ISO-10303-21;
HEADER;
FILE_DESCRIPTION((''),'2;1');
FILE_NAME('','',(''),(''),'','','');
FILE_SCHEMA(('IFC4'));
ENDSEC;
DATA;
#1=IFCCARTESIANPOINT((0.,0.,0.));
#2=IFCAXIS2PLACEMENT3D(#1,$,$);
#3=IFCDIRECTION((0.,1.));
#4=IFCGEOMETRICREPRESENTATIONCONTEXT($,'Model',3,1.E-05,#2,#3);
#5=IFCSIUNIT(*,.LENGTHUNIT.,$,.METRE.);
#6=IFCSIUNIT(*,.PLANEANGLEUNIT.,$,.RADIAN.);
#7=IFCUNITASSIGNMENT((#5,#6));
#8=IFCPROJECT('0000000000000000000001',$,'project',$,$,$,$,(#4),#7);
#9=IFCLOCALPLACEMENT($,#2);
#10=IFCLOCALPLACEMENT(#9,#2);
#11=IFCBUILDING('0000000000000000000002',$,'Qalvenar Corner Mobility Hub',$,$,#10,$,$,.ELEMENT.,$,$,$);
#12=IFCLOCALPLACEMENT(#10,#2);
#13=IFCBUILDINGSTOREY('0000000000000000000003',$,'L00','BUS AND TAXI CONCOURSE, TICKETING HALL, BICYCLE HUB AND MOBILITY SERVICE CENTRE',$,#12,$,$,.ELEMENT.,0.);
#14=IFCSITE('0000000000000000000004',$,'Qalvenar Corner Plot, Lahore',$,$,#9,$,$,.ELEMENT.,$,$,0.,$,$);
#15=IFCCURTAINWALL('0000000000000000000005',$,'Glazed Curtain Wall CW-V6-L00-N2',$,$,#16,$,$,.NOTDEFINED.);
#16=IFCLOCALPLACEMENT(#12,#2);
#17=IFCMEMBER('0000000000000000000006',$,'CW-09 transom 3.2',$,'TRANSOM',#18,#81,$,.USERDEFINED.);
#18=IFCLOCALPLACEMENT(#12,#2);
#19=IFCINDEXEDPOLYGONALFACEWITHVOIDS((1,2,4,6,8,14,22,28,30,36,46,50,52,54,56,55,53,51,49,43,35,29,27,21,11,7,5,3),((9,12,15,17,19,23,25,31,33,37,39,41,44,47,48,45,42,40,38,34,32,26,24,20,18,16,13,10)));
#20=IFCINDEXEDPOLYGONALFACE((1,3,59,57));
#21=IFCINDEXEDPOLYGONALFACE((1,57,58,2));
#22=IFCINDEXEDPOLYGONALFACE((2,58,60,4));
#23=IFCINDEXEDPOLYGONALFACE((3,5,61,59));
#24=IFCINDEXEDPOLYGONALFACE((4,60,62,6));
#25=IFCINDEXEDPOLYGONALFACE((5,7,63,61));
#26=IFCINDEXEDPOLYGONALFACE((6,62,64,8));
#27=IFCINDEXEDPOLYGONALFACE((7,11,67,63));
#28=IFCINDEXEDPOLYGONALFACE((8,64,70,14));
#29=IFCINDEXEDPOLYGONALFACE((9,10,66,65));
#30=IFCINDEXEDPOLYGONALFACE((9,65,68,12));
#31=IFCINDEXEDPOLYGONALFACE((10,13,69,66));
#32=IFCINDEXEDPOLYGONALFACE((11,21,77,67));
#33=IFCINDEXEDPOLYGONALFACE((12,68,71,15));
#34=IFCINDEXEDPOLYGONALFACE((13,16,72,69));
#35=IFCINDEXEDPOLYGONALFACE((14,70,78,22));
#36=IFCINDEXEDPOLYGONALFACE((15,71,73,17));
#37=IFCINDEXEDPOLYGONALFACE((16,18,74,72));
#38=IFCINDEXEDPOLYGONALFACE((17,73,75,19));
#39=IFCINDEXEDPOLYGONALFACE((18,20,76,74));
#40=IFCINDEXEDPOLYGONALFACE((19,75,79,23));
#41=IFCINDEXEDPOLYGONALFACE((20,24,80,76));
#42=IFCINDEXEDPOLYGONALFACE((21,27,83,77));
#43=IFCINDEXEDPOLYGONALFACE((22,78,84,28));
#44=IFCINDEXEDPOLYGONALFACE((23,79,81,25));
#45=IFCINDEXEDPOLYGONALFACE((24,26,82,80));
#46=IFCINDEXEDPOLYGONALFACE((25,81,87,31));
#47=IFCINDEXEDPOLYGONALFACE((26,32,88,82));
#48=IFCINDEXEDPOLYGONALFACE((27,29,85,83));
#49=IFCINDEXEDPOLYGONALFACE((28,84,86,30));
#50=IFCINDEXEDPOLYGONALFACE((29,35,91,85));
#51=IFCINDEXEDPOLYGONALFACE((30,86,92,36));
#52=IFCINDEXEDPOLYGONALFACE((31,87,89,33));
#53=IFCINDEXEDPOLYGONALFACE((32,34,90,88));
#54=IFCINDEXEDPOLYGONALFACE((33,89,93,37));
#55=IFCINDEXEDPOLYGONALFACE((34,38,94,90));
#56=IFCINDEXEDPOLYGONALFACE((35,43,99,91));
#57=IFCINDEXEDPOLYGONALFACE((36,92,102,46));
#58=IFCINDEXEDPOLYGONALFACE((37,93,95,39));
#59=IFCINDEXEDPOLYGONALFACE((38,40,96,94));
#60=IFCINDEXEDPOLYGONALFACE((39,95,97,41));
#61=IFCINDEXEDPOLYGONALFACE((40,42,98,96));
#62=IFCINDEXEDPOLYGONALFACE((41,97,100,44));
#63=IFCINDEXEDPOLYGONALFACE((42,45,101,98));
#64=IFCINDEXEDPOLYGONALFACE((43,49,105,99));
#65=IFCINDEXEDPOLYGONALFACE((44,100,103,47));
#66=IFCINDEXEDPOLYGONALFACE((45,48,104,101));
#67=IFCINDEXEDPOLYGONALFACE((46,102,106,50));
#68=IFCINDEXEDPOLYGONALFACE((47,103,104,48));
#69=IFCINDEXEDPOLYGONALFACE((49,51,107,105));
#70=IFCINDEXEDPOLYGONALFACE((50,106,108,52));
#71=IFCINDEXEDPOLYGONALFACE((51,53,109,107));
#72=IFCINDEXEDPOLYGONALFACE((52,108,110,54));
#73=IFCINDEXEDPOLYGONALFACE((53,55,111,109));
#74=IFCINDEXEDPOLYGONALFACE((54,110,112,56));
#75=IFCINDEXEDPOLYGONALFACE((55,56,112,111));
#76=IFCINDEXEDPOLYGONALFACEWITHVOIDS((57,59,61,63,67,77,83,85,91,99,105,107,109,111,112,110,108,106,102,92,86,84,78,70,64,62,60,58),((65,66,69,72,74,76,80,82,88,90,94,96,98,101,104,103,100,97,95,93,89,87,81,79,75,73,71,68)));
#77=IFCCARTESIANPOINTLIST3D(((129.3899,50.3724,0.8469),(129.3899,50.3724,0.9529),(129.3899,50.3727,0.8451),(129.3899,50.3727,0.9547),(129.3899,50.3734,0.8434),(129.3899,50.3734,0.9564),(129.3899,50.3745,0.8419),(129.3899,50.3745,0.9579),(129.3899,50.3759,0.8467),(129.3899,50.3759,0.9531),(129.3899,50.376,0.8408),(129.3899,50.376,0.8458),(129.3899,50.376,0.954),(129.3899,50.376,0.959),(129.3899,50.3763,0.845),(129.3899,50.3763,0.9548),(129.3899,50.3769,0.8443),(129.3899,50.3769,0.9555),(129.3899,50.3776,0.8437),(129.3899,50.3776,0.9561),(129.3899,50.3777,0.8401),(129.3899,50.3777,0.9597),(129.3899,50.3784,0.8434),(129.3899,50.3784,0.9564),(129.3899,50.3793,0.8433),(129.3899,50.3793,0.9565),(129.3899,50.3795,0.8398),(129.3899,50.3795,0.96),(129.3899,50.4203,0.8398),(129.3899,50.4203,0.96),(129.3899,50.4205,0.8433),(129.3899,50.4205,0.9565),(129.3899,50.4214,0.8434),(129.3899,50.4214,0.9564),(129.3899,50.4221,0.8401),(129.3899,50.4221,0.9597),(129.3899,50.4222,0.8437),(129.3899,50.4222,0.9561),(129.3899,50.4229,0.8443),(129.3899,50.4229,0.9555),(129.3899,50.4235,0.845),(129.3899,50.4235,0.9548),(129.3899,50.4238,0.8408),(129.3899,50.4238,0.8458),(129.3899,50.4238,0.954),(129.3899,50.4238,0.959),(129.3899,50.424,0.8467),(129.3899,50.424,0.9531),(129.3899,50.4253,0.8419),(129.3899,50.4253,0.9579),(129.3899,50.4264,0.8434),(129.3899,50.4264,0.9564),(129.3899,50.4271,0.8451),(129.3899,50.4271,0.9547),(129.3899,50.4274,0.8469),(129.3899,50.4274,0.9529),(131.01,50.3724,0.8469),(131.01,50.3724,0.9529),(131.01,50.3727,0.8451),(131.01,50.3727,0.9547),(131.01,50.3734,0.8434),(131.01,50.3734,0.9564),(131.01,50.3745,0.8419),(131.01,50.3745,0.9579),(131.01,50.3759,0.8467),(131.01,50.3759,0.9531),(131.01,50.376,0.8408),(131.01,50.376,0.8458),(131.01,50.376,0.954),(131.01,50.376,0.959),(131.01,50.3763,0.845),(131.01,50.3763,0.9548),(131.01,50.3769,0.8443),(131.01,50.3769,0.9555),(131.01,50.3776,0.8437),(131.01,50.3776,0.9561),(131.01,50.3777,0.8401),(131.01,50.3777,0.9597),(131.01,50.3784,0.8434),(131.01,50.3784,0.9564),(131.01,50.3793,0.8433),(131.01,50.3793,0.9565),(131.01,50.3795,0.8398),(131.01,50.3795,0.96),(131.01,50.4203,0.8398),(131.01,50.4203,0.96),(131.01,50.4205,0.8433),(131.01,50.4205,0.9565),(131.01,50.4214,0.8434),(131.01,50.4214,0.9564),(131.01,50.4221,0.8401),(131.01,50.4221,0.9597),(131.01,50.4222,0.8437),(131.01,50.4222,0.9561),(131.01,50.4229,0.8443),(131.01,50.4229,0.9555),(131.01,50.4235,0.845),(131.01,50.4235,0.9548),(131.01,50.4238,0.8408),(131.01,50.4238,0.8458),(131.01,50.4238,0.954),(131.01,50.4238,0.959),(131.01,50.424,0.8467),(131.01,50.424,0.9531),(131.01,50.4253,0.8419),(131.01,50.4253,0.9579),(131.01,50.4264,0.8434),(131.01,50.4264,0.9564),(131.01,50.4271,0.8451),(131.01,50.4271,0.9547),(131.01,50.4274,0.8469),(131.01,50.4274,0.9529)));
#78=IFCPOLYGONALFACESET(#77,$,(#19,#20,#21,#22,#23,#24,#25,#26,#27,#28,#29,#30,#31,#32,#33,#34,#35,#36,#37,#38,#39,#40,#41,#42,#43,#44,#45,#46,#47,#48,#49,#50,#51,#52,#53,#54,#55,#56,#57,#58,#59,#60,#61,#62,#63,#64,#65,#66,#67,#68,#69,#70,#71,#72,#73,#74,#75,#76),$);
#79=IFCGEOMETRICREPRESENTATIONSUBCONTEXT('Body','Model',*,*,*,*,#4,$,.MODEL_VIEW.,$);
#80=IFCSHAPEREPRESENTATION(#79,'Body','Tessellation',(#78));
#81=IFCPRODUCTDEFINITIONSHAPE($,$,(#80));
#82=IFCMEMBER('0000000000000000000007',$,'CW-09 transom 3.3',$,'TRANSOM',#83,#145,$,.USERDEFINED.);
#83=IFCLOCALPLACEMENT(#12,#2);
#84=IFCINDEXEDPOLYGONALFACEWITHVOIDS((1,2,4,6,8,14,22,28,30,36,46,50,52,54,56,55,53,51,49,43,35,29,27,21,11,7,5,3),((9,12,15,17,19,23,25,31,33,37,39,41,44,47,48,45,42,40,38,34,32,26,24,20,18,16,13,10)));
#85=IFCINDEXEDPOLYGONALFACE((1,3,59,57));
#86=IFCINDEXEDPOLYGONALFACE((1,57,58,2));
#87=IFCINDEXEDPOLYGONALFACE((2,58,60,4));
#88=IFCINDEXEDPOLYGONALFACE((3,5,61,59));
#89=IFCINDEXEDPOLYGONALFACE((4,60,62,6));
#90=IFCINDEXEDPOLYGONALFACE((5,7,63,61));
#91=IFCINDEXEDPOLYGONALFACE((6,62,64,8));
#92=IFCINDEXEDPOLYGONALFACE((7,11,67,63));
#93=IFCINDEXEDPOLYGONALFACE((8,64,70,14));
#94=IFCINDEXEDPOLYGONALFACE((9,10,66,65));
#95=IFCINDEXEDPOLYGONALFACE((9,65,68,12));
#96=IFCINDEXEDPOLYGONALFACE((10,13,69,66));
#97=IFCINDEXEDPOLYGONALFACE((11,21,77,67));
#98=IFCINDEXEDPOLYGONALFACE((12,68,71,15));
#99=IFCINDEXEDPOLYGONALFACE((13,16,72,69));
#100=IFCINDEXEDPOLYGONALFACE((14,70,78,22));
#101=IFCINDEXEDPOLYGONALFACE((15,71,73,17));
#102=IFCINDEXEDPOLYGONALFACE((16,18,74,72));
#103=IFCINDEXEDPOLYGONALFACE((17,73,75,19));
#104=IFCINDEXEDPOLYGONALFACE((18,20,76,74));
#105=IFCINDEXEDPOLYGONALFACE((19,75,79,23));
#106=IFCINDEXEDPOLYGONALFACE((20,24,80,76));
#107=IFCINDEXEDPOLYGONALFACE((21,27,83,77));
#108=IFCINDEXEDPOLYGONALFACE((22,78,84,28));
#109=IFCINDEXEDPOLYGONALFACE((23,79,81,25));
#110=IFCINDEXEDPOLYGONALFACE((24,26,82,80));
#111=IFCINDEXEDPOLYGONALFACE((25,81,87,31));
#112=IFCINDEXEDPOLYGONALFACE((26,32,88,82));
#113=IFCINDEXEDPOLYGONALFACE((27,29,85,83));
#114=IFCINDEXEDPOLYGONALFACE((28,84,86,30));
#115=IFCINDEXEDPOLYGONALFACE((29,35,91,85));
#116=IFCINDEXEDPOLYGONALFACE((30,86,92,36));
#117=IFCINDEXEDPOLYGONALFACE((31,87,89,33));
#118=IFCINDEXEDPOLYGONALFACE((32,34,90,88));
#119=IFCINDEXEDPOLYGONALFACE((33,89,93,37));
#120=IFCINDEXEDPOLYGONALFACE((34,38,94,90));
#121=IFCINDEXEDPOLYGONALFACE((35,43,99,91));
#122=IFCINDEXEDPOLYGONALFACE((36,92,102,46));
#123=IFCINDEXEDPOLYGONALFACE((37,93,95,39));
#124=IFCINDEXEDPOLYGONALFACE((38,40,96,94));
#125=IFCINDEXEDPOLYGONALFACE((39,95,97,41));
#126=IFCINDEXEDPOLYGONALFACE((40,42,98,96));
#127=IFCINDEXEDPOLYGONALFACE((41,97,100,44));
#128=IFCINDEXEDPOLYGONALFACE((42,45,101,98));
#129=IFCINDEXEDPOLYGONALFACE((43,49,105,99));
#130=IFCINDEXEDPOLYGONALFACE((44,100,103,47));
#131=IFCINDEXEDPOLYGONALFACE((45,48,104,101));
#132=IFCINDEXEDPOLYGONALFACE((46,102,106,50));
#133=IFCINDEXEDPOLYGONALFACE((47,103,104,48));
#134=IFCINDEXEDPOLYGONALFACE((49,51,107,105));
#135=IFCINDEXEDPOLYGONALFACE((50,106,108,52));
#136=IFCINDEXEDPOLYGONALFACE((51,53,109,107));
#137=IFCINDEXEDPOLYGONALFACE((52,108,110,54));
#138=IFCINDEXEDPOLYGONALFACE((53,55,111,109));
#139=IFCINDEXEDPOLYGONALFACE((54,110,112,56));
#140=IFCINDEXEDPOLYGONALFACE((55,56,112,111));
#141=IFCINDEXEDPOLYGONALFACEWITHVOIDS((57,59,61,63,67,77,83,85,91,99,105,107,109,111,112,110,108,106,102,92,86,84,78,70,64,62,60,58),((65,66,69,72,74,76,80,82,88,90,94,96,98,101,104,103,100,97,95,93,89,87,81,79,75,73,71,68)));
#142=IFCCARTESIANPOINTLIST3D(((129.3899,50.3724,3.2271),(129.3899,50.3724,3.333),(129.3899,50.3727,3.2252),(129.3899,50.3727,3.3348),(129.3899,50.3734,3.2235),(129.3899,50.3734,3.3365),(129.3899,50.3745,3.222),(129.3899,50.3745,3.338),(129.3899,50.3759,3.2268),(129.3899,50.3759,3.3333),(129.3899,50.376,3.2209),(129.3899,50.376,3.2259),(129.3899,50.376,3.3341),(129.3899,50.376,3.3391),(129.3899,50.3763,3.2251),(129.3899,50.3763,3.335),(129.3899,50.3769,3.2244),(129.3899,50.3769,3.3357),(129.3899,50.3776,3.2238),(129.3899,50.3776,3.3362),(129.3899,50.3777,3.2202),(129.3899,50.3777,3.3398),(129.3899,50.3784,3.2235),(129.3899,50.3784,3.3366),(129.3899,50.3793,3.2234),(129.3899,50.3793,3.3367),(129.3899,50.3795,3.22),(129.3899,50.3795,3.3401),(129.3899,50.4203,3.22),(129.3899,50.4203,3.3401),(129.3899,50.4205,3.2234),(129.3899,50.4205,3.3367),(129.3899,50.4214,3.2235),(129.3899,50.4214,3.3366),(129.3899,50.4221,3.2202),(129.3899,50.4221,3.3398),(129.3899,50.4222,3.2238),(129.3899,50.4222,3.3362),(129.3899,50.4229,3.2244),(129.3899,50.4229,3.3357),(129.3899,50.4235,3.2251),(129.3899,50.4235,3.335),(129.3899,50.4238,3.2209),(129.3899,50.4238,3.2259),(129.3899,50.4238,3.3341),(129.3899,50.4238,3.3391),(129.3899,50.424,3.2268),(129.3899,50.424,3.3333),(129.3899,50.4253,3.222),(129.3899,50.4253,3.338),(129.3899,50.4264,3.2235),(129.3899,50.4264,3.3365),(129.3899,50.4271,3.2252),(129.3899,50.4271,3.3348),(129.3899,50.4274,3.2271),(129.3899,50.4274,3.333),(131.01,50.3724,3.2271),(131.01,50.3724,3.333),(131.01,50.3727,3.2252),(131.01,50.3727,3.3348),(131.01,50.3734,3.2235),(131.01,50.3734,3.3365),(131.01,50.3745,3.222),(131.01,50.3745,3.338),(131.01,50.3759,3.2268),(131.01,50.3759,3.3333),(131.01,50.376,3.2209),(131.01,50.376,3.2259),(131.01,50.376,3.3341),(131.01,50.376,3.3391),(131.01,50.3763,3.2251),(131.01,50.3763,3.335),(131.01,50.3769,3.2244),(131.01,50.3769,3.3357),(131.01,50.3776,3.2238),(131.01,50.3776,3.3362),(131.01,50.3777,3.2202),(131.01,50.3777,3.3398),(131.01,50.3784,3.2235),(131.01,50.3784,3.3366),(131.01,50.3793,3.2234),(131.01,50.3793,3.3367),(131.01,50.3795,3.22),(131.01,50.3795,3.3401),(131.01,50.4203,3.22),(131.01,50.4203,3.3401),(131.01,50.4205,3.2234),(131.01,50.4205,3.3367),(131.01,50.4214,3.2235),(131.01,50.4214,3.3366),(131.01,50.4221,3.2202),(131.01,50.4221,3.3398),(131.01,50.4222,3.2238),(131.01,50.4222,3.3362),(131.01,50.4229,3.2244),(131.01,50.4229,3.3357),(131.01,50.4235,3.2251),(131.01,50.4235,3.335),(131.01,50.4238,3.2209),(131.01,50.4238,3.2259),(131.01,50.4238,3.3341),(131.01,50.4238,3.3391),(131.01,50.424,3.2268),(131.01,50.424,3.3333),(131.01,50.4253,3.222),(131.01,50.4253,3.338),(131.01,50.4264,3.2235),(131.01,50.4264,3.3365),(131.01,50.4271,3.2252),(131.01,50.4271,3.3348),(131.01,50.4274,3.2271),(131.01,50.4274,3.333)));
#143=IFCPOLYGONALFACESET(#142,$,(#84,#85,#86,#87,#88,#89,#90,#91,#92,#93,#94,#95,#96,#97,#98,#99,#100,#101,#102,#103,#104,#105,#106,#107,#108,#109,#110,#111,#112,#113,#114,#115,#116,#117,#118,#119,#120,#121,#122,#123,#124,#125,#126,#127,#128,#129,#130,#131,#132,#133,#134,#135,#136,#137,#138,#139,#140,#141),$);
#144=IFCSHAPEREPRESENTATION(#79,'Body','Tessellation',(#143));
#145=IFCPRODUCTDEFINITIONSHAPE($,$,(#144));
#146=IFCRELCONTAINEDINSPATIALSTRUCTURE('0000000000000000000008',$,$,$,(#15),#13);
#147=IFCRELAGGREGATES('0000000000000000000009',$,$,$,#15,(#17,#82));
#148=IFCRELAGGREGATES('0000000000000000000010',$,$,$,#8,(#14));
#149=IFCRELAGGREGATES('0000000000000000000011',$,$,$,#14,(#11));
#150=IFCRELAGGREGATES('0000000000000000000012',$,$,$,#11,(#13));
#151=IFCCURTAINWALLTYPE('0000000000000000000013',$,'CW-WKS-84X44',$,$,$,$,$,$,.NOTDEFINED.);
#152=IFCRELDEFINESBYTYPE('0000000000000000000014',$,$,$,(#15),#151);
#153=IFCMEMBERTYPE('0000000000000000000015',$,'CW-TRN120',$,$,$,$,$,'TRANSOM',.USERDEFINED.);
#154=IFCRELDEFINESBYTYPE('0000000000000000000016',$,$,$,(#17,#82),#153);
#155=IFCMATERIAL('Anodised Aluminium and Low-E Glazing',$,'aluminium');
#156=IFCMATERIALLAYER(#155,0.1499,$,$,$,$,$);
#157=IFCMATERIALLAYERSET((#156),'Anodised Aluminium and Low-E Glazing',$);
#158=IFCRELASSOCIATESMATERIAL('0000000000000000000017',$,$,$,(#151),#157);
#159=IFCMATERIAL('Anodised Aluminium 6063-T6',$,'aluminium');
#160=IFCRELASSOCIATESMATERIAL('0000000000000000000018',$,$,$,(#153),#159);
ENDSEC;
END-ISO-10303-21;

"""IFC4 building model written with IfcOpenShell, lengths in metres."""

from ifc_helpers import new_model, si_unit, direction, frame, origin, origin_2d, place, context, subcontext, project, spatial, hollow_rectangle, extrude, material, layer, layer_set, material_profile, profile_set, type_object, element, aggregate, save


model = new_model("IFC4")

# Units and contexts
model_context = context("Model", 3, precision=1e-05, world=origin(), true_north=direction((0.0, 1.0)))
body_context = subcontext(model_context, "Body", "Model", "MODEL_VIEW")
ifc_project = project(units=[si_unit("LENGTHUNIT", "METRE"), si_unit("PLANEANGLEUNIT", "RADIAN")], contexts=[model_context])

# Site, building, storey
site_placement = place(None, origin())
site = spatial("IfcSite", under=ifc_project, at=site_placement, Name="Qalvenar Corner Plot, Lahore", CompositionType="ELEMENT", RefElevation=0.0)
building_placement = place(site_placement, origin())
building = spatial("IfcBuilding", under=site, at=building_placement, Name="Qalvenar Corner Mobility Hub", CompositionType="ELEMENT")
storey_placement = place(building_placement, origin())
storey = spatial("IfcBuildingStorey", under=building, at=storey_placement, Name="L00", Description="BUS AND TAXI CONCOURSE, TICKETING HALL, BICYCLE HUB AND MOBILITY SERVICE CENTRE", CompositionType="ELEMENT", Elevation=0.0)

# Curtain wall, members
ifc_material_1 = material(Name="Anodised Aluminium and Low-E Glazing", Category="aluminium")
ifc_layer_1 = layer(ifc_material_1, 0.1499)
ifc_layer_set_1 = layer_set([ifc_layer_1], Name="Anodised Aluminium and Low-E Glazing")
curtain_wall_type = type_object("IfcCurtainWallType", Name="CW-WKS-84X44", PredefinedType="NOTDEFINED", material=ifc_layer_set_1)
curtain_wall_placement = place(storey_placement, origin())
curtain_wall = element("IfcCurtainWall", 1, at=curtain_wall_placement, inside=storey, type_object=curtain_wall_type, Name="Glazed Curtain Wall CW-V6-L00-N2", PredefinedType="NOTDEFINED")
ifc_material_2 = material(Name="Anodised Aluminium 6063-T6", Category="aluminium")
ifc_material_profile_1 = material_profile(ifc_material_2, hollow_rectangle(XDim=0.0549, YDim=0.1201, WallThickness=0.0034, InnerFilletRadius=0.0034, OuterFilletRadius=0.0071, at=origin_2d()), Name="RHS120x55x3.5")
ifc_profile_set_1 = profile_set([ifc_material_profile_1], Name="Anodised Aluminium 6063-T6")
member_type_1 = type_object("IfcMemberType", Name="CW-TRN120", ElementType="TRANSOM", PredefinedType="USERDEFINED", material=ifc_profile_set_1)
member_1_placement = place(storey_placement, frame((131.01, 50.3999, 0.8999), z_axis=(-1.0, 0.0, 0.0), x_axis=(0.0, -1.0, 0.0)))
member_1 = element("IfcMember", 2, at=member_1_placement, type_object=member_type_1, Name="CW-09 transom 3.2", ObjectType="TRANSOM", PredefinedType="USERDEFINED", context=body_context, shape_type="SweptSolid", body=[
    extrude(hollow_rectangle(XDim=0.0549, YDim=0.1201, WallThickness=0.0034, InnerFilletRadius=0.0034, OuterFilletRadius=0.0071, at=origin_2d()), origin(), (0.0, 0.0, 1.0), 1.6201),
])
member_2_placement = place(storey_placement, frame((131.01, 50.3999, 3.28), z_axis=(-1.0, 0.0, 0.0), x_axis=(0.0, -1.0, 0.0)))
member_2 = element("IfcMember", 3, at=member_2_placement, type_object=member_type_1, Name="CW-09 transom 3.3", ObjectType="TRANSOM", PredefinedType="USERDEFINED", context=body_context, shape_type="SweptSolid", body=[
    extrude(hollow_rectangle(XDim=0.0549, YDim=0.1201, WallThickness=0.0034, InnerFilletRadius=0.0034, OuterFilletRadius=0.0071, at=origin_2d()), origin(), (0.0, 0.0, 1.0), 1.6201),
])
aggregate(curtain_wall, [member_1, member_2])

save(model, "model.ifc")
